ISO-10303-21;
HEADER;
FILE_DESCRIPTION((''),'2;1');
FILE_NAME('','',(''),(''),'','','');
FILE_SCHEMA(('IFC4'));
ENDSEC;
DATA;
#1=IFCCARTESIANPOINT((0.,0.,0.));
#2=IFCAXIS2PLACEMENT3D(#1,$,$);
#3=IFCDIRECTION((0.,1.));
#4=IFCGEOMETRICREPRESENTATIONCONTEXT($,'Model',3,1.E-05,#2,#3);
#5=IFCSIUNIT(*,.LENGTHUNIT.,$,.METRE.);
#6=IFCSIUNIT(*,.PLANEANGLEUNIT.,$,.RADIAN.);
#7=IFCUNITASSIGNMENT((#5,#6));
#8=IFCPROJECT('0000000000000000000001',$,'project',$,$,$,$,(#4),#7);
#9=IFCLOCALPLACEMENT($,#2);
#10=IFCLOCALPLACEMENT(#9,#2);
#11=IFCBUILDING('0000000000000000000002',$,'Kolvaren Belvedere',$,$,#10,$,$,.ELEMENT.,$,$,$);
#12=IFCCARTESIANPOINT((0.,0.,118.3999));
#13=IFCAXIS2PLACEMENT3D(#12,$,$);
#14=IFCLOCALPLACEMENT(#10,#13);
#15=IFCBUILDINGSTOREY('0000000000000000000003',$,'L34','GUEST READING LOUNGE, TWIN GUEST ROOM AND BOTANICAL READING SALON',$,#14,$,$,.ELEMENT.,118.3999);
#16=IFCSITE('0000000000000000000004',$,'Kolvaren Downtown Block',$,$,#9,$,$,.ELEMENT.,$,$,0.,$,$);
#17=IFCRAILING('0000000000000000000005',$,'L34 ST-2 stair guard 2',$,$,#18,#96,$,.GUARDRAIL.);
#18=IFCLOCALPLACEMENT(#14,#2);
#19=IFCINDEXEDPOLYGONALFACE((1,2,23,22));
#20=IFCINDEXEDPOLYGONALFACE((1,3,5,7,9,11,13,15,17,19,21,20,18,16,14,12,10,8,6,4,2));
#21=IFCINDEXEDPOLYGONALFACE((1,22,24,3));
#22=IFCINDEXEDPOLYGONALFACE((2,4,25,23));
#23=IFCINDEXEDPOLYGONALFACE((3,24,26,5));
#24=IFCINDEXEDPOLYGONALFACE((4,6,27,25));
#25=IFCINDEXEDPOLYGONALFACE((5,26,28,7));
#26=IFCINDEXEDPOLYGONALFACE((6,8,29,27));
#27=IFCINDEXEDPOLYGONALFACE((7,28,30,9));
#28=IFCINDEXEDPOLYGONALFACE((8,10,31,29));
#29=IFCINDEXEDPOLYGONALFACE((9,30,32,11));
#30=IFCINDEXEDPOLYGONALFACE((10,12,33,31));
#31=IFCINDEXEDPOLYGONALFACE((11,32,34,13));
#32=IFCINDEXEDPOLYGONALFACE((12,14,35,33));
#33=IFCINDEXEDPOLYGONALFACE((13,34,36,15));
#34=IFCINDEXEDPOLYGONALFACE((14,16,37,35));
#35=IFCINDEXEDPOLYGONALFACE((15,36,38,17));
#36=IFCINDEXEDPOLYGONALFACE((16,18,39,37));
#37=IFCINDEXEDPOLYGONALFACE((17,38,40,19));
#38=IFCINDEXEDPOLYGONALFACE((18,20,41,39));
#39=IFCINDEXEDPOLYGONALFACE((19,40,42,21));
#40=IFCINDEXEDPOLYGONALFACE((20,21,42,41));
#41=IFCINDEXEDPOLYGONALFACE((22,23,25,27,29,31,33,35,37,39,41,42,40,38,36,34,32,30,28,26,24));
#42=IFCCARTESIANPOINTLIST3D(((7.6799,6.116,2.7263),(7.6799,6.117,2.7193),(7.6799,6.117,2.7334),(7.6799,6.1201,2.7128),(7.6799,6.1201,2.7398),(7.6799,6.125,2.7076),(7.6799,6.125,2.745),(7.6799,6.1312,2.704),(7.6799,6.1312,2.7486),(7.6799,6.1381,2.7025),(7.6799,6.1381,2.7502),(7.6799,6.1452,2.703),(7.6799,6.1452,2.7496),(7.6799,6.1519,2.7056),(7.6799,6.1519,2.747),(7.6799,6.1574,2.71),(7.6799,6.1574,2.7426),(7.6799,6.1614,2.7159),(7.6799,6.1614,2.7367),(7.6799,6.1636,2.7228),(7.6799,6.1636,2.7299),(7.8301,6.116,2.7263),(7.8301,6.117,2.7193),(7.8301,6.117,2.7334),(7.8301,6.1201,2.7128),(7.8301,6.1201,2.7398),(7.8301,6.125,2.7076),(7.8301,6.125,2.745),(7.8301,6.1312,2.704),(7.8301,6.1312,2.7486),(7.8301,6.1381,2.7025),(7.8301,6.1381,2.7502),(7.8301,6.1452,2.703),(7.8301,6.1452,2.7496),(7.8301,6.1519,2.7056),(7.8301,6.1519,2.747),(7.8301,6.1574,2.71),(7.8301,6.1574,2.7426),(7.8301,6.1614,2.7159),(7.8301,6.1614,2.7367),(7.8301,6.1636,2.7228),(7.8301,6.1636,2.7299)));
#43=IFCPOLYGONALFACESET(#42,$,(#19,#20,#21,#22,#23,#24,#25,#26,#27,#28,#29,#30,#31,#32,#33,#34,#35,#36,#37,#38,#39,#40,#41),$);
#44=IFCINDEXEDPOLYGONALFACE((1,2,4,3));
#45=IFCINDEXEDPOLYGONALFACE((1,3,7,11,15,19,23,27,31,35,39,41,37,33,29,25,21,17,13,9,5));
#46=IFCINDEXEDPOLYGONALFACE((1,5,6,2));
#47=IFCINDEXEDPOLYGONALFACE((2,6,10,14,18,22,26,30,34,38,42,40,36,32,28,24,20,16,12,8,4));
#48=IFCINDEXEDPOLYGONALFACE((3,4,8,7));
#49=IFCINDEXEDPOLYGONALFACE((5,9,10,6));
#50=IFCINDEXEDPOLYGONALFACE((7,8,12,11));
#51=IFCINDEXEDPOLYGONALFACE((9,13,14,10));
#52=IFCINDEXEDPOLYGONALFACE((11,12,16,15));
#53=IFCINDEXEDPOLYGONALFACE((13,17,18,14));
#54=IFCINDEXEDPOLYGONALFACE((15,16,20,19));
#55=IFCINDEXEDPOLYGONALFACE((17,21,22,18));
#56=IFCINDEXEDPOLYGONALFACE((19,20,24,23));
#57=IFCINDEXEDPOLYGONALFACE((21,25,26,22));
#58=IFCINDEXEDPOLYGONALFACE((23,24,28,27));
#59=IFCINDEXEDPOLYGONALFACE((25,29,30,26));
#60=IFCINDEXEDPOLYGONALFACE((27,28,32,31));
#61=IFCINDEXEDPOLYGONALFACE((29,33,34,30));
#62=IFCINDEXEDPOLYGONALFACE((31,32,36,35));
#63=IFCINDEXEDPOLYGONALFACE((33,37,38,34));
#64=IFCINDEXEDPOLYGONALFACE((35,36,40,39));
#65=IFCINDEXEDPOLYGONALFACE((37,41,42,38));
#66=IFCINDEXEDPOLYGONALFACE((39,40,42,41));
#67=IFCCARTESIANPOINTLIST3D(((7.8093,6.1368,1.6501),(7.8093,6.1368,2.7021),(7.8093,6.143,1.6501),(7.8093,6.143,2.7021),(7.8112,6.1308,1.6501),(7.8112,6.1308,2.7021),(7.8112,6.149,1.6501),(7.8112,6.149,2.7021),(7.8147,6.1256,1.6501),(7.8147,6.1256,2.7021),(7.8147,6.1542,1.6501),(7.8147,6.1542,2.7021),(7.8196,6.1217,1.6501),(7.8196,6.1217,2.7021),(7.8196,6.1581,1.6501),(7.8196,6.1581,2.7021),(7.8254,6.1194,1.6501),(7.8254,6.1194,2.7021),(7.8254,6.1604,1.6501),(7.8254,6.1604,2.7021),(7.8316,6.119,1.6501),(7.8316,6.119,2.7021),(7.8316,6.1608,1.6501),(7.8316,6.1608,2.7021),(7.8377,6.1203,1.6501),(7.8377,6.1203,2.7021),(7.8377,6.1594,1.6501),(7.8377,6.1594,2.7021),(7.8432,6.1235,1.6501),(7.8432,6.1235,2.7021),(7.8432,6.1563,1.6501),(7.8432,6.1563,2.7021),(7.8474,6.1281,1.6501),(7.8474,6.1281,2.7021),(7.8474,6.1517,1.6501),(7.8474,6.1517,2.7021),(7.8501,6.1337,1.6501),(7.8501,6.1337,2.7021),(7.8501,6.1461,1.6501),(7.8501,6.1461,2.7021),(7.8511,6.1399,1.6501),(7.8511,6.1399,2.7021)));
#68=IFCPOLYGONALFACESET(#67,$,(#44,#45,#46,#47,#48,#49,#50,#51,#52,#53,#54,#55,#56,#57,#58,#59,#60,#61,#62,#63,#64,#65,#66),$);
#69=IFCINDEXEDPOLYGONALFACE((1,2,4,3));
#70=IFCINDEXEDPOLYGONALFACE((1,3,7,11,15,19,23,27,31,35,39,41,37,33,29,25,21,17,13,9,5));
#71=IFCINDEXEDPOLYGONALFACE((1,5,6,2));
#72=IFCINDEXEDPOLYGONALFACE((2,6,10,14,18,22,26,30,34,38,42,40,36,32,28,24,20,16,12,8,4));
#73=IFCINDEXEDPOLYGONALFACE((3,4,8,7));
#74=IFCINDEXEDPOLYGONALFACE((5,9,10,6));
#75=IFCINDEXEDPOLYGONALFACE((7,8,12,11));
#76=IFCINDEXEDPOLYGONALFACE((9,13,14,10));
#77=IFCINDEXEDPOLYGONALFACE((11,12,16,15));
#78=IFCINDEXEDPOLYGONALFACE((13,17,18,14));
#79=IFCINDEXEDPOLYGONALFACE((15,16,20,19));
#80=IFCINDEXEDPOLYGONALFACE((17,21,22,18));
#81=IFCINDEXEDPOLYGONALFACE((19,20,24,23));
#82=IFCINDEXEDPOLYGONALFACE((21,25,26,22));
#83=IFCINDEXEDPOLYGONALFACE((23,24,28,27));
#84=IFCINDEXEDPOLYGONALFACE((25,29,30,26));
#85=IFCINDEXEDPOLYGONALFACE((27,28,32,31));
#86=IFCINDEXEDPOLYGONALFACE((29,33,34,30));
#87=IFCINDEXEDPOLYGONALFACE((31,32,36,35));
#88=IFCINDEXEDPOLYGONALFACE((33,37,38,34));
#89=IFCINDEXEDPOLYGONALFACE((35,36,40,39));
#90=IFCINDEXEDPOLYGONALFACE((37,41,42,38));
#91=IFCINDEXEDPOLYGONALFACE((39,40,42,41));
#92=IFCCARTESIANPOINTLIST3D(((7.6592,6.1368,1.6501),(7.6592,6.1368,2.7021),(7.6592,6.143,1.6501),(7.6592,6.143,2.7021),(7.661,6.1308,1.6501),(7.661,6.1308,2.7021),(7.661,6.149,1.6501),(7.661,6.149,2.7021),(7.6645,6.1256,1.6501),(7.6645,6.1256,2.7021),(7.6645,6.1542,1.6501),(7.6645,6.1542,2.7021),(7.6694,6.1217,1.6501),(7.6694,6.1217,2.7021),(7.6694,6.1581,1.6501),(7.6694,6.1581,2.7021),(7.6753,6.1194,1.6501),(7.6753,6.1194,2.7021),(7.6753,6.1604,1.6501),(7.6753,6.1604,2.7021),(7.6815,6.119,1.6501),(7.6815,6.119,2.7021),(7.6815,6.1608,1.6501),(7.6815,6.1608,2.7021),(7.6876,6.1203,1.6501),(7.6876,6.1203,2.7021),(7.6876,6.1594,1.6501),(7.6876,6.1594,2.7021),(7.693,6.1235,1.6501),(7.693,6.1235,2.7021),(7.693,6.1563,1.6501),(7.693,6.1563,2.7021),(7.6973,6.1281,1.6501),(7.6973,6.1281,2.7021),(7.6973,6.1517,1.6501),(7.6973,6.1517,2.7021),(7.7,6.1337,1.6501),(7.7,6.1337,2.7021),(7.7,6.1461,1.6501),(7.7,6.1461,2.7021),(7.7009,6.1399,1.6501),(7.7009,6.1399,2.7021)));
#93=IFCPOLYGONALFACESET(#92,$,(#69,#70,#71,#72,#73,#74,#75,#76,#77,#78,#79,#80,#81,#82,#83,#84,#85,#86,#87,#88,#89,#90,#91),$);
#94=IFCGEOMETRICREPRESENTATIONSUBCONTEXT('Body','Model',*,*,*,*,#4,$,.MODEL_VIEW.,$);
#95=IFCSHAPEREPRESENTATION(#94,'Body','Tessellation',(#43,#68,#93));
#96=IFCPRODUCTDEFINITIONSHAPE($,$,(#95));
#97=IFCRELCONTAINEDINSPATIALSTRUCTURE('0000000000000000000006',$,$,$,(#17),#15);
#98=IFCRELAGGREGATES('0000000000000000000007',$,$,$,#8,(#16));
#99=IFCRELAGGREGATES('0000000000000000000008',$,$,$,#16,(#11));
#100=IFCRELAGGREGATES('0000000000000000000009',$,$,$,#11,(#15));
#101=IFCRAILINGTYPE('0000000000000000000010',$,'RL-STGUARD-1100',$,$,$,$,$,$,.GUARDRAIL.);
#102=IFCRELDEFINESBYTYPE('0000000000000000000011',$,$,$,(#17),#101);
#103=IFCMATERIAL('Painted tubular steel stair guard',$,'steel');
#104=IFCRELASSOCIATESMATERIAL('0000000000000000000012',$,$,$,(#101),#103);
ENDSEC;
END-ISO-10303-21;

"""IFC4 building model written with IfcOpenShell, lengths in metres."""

from ifc_helpers import new_model, si_unit, direction, frame, origin, origin_2d, place, context, subcontext, project, spatial, circle, extrude, material, type_object, element, save


model = new_model("IFC4")

# Units and contexts
model_context = context("Model", 3, precision=1e-05, world=origin(), true_north=direction((0.0, 1.0)))
body_context = subcontext(model_context, "Body", "Model", "MODEL_VIEW")
ifc_project = project(units=[si_unit("LENGTHUNIT", "METRE"), si_unit("PLANEANGLEUNIT", "RADIAN")], contexts=[model_context])

# Site, building, storey
site_placement = place(None, origin())
site = spatial("IfcSite", under=ifc_project, at=site_placement, Name="Kolvaren Downtown Block", CompositionType="ELEMENT", RefElevation=0.0)
building_placement = place(site_placement, origin())
building = spatial("IfcBuilding", under=site, at=building_placement, Name="Kolvaren Belvedere", CompositionType="ELEMENT")
storey_placement = place(building_placement, frame((0.0, 0.0, 118.3999)))
storey = spatial("IfcBuildingStorey", under=building, at=storey_placement, Name="L34", Description="GUEST READING LOUNGE, TWIN GUEST ROOM AND BOTANICAL READING SALON", CompositionType="ELEMENT", Elevation=118.3999)

# Railing
ifc_material_1 = material(Name="Painted tubular steel stair guard", Category="steel")
railing_type_1 = type_object("IfcRailingType", Name="RL-STGUARD-1100", PredefinedType="GUARDRAIL", material=ifc_material_1)
railing_1_placement = place(storey_placement, frame((7.8301, 6.1399, 1.6501)))
element("IfcRailing", 1, at=railing_1_placement, inside=storey, type_object=railing_type_1, Name="L34 ST-2 stair guard 2", PredefinedType="GUARDRAIL", context=body_context, shape_type="SweptSolid", body=[
    extrude(circle(Radius=0.0239, at=origin_2d()), frame((0.0, 0.0, 1.0762), z_axis=(-1.0, 0.0, 0.0), x_axis=(0.0, -1.0, 0.0)), (0.0, 0.0, 1.0), 0.1501),
    extrude(circle(Radius=0.021, at=origin_2d()), origin(), (0.0, 0.0, 1.0), 1.052),
    extrude(circle(Radius=0.021, at=origin_2d()), frame((-0.1501, 0.0, 0.0)), (0.0, 0.0, 1.0), 1.052),
])

save(model, "model.ifc")
